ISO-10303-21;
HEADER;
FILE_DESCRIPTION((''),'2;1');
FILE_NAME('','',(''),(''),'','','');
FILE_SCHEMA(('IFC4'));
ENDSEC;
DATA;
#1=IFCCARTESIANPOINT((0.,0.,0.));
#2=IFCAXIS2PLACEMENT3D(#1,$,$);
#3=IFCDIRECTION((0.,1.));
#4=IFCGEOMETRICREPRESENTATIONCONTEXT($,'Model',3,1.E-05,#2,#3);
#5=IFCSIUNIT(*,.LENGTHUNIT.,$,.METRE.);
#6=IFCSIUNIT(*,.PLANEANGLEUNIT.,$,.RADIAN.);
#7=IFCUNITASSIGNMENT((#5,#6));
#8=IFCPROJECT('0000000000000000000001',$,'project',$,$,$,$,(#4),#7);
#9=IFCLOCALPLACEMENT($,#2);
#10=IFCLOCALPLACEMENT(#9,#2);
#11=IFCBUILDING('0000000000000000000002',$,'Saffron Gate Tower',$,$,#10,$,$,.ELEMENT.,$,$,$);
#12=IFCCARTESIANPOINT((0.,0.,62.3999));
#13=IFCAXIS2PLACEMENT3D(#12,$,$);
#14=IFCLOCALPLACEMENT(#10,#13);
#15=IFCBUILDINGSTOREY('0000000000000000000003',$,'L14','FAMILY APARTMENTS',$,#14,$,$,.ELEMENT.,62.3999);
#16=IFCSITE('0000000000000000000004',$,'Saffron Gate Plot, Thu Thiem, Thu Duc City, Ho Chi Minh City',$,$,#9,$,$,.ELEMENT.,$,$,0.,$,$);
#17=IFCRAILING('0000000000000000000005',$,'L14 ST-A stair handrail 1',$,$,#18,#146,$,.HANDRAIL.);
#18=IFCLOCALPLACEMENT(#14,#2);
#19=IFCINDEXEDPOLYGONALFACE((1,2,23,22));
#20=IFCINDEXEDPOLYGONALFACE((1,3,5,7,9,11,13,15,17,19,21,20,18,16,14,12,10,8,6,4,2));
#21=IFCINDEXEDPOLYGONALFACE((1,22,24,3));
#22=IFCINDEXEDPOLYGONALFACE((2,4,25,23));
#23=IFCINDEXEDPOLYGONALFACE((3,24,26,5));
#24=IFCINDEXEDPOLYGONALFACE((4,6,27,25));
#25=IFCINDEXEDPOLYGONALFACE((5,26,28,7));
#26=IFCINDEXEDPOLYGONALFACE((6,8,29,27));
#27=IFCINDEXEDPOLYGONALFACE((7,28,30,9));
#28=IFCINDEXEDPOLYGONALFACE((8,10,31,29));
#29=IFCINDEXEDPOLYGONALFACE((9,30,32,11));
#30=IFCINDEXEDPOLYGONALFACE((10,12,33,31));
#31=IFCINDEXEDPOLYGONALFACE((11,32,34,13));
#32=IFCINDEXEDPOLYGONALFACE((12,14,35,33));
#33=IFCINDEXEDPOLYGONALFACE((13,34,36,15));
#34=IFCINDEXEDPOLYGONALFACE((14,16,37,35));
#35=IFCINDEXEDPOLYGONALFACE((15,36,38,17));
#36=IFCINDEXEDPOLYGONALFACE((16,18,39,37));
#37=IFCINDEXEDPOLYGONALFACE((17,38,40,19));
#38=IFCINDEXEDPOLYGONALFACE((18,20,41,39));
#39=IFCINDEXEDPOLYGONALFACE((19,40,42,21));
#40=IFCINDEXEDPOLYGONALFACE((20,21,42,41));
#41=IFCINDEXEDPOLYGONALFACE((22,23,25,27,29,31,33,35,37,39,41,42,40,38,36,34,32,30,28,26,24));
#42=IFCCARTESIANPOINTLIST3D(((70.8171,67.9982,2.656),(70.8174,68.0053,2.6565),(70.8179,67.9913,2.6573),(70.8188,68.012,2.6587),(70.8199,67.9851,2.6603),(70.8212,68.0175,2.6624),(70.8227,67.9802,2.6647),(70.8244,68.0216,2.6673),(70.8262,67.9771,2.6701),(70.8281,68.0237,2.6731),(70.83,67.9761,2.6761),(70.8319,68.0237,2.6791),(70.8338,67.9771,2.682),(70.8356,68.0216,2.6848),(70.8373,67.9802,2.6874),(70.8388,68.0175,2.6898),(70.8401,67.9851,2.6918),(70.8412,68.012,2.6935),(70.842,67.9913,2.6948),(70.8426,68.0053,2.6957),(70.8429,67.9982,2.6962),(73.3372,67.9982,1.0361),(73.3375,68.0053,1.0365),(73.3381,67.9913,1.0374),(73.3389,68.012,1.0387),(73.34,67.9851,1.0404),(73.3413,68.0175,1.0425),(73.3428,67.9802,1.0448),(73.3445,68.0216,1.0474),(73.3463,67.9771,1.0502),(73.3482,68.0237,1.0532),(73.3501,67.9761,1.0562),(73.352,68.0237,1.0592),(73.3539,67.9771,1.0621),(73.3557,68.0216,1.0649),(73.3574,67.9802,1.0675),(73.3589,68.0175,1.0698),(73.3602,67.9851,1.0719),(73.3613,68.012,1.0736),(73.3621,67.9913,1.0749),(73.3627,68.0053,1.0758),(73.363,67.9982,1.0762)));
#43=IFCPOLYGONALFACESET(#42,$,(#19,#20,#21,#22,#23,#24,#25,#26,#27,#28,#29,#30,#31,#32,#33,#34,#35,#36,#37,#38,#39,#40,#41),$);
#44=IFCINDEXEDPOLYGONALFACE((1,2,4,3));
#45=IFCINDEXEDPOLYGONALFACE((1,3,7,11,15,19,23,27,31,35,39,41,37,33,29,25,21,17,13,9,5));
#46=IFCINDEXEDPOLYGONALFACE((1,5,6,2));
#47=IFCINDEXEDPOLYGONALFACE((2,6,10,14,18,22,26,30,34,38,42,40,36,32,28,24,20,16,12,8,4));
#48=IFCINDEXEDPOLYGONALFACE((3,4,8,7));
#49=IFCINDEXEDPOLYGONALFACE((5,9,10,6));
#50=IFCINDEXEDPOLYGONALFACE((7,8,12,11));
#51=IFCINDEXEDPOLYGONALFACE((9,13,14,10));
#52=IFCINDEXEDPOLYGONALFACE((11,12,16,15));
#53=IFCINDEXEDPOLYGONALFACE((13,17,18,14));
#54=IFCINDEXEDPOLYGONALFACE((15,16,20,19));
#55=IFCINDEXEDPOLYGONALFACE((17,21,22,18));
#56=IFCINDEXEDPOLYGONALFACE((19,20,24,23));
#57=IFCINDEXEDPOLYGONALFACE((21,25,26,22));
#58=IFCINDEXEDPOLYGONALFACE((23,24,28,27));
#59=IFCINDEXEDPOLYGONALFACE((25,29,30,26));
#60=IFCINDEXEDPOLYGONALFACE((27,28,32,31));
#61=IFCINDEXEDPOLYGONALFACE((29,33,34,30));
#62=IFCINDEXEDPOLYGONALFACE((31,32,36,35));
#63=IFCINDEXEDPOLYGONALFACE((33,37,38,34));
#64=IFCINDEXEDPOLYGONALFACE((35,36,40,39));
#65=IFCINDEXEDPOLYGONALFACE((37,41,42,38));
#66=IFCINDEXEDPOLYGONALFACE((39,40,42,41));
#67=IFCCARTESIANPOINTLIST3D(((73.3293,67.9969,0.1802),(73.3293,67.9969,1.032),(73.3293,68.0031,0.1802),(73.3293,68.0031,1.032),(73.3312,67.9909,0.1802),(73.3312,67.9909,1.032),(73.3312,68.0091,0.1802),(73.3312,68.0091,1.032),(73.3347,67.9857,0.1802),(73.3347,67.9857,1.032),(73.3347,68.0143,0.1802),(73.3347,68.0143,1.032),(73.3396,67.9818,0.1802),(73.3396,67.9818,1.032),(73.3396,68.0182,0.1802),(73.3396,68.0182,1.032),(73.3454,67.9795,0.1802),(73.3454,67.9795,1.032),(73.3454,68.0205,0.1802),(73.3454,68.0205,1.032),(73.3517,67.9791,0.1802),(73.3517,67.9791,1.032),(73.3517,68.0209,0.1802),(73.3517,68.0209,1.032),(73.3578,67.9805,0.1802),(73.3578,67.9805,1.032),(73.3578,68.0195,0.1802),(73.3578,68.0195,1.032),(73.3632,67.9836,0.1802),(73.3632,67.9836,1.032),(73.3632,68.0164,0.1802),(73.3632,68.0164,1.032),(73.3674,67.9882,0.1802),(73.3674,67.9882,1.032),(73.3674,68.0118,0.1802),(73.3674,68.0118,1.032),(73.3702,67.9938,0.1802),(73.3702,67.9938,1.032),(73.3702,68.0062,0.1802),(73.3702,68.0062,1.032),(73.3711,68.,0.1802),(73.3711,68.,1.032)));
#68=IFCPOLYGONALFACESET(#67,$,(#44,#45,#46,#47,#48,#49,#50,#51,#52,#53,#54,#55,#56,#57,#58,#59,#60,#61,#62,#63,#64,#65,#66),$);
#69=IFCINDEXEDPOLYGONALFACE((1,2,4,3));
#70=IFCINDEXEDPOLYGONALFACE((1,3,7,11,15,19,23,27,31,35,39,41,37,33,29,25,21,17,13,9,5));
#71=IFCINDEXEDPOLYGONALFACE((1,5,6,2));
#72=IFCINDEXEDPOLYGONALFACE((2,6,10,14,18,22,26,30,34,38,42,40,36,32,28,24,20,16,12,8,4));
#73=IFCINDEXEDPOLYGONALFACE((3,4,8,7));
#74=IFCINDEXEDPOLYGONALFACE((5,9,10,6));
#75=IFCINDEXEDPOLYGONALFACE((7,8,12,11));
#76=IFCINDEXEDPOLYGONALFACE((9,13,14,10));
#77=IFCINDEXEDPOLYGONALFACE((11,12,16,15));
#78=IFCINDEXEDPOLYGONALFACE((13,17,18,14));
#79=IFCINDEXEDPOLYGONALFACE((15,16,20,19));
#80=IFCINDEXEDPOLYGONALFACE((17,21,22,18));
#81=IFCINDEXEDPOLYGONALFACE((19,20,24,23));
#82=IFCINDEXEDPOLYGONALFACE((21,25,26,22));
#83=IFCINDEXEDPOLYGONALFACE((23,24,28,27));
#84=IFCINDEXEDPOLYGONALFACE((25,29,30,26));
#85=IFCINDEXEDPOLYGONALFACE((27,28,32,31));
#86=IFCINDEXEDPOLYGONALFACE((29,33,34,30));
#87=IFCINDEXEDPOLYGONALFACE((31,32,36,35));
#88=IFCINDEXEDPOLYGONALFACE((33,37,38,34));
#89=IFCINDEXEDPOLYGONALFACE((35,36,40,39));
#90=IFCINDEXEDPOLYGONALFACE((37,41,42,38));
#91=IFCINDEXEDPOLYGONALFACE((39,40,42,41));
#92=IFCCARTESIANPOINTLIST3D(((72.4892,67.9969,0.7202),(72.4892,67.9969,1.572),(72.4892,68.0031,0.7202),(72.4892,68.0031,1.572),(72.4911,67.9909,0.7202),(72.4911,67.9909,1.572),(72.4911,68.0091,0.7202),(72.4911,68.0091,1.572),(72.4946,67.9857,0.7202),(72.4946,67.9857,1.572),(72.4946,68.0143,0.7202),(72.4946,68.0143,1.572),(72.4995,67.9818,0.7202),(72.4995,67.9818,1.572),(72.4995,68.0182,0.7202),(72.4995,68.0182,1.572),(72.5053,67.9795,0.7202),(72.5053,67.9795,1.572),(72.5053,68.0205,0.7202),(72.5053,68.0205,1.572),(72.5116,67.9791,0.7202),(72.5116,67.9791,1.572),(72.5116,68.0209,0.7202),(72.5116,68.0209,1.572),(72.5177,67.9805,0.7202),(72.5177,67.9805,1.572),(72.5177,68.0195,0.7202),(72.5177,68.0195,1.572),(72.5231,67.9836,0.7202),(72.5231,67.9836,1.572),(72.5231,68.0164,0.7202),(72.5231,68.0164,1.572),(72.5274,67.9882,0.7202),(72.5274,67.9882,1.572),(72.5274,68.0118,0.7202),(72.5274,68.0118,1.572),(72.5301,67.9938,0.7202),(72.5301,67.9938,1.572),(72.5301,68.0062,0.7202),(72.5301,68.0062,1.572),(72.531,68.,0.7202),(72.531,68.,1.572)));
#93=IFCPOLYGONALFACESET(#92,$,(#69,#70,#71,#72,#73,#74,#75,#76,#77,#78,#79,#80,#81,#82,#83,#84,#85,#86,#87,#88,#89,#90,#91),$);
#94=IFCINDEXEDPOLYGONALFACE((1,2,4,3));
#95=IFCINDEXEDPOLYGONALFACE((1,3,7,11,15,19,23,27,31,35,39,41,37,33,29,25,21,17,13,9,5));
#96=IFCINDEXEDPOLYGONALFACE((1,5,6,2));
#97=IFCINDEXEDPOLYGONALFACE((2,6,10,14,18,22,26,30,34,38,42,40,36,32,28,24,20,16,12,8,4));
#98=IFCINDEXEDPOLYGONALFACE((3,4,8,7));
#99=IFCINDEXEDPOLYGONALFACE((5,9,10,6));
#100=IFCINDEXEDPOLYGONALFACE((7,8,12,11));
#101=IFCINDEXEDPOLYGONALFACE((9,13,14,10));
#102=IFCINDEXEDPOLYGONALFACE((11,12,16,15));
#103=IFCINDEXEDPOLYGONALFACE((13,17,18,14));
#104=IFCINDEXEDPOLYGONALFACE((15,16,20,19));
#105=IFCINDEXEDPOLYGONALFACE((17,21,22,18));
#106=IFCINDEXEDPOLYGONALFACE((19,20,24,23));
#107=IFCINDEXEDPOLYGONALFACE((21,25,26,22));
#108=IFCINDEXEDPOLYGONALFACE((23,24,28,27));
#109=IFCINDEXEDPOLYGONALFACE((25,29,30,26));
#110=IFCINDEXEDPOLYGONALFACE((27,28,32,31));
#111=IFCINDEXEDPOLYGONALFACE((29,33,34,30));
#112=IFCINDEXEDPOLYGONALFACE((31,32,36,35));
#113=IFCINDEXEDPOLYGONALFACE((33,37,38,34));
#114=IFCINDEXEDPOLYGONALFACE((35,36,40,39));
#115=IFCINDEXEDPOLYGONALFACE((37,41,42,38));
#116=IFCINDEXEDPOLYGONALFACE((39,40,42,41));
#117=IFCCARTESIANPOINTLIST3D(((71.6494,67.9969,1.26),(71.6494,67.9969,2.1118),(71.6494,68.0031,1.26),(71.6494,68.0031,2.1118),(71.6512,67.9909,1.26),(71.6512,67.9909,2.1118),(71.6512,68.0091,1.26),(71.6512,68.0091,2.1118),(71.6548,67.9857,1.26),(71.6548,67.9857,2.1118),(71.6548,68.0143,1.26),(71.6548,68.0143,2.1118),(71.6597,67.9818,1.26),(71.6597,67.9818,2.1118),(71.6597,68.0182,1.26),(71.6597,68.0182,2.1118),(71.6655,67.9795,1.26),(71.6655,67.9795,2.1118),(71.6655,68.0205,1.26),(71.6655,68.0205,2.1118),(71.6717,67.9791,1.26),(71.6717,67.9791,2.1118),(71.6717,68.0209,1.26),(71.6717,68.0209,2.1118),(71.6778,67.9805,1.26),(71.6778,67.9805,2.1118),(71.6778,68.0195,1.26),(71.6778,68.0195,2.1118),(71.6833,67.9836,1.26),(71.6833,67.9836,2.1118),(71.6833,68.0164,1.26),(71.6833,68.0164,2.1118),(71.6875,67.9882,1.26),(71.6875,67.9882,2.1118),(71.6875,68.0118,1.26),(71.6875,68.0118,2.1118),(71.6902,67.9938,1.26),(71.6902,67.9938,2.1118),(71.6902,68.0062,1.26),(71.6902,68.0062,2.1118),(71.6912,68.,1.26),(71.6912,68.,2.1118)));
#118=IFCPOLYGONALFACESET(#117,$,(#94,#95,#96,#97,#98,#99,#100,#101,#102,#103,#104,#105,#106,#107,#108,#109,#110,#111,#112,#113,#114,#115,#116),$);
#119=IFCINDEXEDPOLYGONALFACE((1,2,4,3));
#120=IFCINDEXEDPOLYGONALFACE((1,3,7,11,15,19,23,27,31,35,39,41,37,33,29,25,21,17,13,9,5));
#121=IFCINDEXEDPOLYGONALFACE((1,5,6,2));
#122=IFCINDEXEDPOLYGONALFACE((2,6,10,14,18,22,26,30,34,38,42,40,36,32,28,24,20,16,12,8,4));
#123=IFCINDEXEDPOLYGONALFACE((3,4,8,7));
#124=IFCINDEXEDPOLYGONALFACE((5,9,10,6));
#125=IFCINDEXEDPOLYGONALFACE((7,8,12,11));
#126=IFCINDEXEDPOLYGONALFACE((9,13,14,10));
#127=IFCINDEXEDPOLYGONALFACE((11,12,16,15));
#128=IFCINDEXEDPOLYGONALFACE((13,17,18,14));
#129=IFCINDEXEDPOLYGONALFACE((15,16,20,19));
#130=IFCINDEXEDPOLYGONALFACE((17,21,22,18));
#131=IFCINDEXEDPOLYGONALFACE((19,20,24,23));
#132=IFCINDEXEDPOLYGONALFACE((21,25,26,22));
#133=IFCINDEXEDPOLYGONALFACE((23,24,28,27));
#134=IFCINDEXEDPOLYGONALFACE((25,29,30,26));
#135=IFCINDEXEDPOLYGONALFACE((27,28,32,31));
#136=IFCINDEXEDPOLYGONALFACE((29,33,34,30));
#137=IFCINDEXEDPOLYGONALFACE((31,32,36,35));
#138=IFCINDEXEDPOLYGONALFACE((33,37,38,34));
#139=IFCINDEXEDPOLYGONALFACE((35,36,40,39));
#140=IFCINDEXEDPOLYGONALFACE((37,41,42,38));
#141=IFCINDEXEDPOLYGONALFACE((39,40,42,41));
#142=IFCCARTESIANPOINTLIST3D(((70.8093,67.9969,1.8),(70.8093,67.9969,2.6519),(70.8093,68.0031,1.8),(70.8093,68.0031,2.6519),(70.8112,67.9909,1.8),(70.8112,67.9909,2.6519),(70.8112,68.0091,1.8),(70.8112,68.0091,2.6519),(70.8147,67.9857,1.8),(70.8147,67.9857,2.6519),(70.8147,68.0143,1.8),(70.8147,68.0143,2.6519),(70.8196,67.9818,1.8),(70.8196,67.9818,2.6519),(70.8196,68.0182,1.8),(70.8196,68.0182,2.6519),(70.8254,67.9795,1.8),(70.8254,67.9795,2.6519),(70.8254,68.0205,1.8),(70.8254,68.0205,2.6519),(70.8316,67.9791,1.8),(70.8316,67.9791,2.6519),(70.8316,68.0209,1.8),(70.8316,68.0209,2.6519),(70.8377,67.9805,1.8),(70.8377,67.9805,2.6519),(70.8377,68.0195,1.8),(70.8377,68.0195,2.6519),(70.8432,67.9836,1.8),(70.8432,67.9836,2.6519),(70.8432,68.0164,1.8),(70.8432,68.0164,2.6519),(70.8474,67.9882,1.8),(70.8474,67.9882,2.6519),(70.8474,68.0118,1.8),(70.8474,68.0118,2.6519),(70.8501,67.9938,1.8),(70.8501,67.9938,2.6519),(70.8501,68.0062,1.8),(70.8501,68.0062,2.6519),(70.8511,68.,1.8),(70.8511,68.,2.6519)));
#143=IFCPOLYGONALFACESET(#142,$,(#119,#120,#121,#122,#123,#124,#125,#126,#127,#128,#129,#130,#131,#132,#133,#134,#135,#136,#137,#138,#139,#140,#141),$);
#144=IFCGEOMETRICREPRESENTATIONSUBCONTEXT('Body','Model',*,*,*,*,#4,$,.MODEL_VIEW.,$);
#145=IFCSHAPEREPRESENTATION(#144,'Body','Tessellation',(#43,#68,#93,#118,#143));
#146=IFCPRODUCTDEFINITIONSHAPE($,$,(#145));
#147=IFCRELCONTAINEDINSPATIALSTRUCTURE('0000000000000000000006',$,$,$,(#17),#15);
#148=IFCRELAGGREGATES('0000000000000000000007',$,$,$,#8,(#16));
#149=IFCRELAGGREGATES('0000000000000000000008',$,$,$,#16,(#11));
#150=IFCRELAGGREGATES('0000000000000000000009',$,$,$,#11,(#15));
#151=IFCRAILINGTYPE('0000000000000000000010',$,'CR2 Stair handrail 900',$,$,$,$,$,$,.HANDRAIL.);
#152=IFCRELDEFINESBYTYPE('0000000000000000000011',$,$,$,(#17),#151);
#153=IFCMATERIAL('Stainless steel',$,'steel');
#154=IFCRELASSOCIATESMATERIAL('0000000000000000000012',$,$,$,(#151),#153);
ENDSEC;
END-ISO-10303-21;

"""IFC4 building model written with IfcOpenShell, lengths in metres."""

from ifc_helpers import new_model, si_unit, direction, frame, origin, origin_2d, place, context, subcontext, project, spatial, circle, extrude, material, type_object, element, save


model = new_model("IFC4")

# Units and contexts
model_context = context("Model", 3, precision=1e-05, world=origin(), true_north=direction((0.0, 1.0)))
body_context = subcontext(model_context, "Body", "Model", "MODEL_VIEW")
ifc_project = project(units=[si_unit("LENGTHUNIT", "METRE"), si_unit("PLANEANGLEUNIT", "RADIAN")], contexts=[model_context])

# Site, building, storey
site_placement = place(None, origin())
site = spatial("IfcSite", under=ifc_project, at=site_placement, Name="Saffron Gate Plot, Thu Thiem, Thu Duc City, Ho Chi Minh City", CompositionType="ELEMENT", RefElevation=0.0)
building_placement = place(site_placement, origin())
building = spatial("IfcBuilding", under=site, at=building_placement, Name="Saffron Gate Tower", CompositionType="ELEMENT")
storey_placement = place(building_placement, frame((0.0, 0.0, 62.3999)))
storey = spatial("IfcBuildingStorey", under=building, at=storey_placement, Name="L14", Description="FAMILY APARTMENTS", CompositionType="ELEMENT", Elevation=62.3999)

# Railing
ifc_material_1 = material(Name="Stainless steel", Category="steel")
railing_type_1 = type_object("IfcRailingType", Name="CR2 Stair handrail 900", PredefinedType="HANDRAIL", material=ifc_material_1)
railing_1_placement = place(storey_placement, frame((73.3501, 68.0, 0.1802)))
element("IfcRailing", 1, at=railing_1_placement, inside=storey, type_object=railing_type_1, Name="L14 ST-A stair handrail 1", PredefinedType="HANDRAIL", context=body_context, shape_type="SweptSolid", body=[
    extrude(circle(Radius=0.0239, at=origin_2d()), frame((0.0, 0.0, 0.876), z_axis=(-0.8412, 0.0, 0.540725), x_axis=(0.0, -1.0, 0.0)), (0.0, 0.0, 1.0), 2.9958),
    extrude(circle(Radius=0.021, at=origin_2d()), origin(), (0.0, 0.0, 1.0), 0.8518),
    extrude(circle(Radius=0.021, at=origin_2d()), frame((-0.8401, 0.0, 0.54)), (0.0, 0.0, 1.0), 0.8518),
    extrude(circle(Radius=0.021, at=origin_2d()), frame((-1.6799, 0.0, 1.0798)), (0.0, 0.0, 1.0), 0.8518),
    extrude(circle(Radius=0.021, at=origin_2d()), frame((-2.52, 0.0, 1.6199)), (0.0, 0.0, 1.0), 0.8518),
])

save(model, "model.ifc")
